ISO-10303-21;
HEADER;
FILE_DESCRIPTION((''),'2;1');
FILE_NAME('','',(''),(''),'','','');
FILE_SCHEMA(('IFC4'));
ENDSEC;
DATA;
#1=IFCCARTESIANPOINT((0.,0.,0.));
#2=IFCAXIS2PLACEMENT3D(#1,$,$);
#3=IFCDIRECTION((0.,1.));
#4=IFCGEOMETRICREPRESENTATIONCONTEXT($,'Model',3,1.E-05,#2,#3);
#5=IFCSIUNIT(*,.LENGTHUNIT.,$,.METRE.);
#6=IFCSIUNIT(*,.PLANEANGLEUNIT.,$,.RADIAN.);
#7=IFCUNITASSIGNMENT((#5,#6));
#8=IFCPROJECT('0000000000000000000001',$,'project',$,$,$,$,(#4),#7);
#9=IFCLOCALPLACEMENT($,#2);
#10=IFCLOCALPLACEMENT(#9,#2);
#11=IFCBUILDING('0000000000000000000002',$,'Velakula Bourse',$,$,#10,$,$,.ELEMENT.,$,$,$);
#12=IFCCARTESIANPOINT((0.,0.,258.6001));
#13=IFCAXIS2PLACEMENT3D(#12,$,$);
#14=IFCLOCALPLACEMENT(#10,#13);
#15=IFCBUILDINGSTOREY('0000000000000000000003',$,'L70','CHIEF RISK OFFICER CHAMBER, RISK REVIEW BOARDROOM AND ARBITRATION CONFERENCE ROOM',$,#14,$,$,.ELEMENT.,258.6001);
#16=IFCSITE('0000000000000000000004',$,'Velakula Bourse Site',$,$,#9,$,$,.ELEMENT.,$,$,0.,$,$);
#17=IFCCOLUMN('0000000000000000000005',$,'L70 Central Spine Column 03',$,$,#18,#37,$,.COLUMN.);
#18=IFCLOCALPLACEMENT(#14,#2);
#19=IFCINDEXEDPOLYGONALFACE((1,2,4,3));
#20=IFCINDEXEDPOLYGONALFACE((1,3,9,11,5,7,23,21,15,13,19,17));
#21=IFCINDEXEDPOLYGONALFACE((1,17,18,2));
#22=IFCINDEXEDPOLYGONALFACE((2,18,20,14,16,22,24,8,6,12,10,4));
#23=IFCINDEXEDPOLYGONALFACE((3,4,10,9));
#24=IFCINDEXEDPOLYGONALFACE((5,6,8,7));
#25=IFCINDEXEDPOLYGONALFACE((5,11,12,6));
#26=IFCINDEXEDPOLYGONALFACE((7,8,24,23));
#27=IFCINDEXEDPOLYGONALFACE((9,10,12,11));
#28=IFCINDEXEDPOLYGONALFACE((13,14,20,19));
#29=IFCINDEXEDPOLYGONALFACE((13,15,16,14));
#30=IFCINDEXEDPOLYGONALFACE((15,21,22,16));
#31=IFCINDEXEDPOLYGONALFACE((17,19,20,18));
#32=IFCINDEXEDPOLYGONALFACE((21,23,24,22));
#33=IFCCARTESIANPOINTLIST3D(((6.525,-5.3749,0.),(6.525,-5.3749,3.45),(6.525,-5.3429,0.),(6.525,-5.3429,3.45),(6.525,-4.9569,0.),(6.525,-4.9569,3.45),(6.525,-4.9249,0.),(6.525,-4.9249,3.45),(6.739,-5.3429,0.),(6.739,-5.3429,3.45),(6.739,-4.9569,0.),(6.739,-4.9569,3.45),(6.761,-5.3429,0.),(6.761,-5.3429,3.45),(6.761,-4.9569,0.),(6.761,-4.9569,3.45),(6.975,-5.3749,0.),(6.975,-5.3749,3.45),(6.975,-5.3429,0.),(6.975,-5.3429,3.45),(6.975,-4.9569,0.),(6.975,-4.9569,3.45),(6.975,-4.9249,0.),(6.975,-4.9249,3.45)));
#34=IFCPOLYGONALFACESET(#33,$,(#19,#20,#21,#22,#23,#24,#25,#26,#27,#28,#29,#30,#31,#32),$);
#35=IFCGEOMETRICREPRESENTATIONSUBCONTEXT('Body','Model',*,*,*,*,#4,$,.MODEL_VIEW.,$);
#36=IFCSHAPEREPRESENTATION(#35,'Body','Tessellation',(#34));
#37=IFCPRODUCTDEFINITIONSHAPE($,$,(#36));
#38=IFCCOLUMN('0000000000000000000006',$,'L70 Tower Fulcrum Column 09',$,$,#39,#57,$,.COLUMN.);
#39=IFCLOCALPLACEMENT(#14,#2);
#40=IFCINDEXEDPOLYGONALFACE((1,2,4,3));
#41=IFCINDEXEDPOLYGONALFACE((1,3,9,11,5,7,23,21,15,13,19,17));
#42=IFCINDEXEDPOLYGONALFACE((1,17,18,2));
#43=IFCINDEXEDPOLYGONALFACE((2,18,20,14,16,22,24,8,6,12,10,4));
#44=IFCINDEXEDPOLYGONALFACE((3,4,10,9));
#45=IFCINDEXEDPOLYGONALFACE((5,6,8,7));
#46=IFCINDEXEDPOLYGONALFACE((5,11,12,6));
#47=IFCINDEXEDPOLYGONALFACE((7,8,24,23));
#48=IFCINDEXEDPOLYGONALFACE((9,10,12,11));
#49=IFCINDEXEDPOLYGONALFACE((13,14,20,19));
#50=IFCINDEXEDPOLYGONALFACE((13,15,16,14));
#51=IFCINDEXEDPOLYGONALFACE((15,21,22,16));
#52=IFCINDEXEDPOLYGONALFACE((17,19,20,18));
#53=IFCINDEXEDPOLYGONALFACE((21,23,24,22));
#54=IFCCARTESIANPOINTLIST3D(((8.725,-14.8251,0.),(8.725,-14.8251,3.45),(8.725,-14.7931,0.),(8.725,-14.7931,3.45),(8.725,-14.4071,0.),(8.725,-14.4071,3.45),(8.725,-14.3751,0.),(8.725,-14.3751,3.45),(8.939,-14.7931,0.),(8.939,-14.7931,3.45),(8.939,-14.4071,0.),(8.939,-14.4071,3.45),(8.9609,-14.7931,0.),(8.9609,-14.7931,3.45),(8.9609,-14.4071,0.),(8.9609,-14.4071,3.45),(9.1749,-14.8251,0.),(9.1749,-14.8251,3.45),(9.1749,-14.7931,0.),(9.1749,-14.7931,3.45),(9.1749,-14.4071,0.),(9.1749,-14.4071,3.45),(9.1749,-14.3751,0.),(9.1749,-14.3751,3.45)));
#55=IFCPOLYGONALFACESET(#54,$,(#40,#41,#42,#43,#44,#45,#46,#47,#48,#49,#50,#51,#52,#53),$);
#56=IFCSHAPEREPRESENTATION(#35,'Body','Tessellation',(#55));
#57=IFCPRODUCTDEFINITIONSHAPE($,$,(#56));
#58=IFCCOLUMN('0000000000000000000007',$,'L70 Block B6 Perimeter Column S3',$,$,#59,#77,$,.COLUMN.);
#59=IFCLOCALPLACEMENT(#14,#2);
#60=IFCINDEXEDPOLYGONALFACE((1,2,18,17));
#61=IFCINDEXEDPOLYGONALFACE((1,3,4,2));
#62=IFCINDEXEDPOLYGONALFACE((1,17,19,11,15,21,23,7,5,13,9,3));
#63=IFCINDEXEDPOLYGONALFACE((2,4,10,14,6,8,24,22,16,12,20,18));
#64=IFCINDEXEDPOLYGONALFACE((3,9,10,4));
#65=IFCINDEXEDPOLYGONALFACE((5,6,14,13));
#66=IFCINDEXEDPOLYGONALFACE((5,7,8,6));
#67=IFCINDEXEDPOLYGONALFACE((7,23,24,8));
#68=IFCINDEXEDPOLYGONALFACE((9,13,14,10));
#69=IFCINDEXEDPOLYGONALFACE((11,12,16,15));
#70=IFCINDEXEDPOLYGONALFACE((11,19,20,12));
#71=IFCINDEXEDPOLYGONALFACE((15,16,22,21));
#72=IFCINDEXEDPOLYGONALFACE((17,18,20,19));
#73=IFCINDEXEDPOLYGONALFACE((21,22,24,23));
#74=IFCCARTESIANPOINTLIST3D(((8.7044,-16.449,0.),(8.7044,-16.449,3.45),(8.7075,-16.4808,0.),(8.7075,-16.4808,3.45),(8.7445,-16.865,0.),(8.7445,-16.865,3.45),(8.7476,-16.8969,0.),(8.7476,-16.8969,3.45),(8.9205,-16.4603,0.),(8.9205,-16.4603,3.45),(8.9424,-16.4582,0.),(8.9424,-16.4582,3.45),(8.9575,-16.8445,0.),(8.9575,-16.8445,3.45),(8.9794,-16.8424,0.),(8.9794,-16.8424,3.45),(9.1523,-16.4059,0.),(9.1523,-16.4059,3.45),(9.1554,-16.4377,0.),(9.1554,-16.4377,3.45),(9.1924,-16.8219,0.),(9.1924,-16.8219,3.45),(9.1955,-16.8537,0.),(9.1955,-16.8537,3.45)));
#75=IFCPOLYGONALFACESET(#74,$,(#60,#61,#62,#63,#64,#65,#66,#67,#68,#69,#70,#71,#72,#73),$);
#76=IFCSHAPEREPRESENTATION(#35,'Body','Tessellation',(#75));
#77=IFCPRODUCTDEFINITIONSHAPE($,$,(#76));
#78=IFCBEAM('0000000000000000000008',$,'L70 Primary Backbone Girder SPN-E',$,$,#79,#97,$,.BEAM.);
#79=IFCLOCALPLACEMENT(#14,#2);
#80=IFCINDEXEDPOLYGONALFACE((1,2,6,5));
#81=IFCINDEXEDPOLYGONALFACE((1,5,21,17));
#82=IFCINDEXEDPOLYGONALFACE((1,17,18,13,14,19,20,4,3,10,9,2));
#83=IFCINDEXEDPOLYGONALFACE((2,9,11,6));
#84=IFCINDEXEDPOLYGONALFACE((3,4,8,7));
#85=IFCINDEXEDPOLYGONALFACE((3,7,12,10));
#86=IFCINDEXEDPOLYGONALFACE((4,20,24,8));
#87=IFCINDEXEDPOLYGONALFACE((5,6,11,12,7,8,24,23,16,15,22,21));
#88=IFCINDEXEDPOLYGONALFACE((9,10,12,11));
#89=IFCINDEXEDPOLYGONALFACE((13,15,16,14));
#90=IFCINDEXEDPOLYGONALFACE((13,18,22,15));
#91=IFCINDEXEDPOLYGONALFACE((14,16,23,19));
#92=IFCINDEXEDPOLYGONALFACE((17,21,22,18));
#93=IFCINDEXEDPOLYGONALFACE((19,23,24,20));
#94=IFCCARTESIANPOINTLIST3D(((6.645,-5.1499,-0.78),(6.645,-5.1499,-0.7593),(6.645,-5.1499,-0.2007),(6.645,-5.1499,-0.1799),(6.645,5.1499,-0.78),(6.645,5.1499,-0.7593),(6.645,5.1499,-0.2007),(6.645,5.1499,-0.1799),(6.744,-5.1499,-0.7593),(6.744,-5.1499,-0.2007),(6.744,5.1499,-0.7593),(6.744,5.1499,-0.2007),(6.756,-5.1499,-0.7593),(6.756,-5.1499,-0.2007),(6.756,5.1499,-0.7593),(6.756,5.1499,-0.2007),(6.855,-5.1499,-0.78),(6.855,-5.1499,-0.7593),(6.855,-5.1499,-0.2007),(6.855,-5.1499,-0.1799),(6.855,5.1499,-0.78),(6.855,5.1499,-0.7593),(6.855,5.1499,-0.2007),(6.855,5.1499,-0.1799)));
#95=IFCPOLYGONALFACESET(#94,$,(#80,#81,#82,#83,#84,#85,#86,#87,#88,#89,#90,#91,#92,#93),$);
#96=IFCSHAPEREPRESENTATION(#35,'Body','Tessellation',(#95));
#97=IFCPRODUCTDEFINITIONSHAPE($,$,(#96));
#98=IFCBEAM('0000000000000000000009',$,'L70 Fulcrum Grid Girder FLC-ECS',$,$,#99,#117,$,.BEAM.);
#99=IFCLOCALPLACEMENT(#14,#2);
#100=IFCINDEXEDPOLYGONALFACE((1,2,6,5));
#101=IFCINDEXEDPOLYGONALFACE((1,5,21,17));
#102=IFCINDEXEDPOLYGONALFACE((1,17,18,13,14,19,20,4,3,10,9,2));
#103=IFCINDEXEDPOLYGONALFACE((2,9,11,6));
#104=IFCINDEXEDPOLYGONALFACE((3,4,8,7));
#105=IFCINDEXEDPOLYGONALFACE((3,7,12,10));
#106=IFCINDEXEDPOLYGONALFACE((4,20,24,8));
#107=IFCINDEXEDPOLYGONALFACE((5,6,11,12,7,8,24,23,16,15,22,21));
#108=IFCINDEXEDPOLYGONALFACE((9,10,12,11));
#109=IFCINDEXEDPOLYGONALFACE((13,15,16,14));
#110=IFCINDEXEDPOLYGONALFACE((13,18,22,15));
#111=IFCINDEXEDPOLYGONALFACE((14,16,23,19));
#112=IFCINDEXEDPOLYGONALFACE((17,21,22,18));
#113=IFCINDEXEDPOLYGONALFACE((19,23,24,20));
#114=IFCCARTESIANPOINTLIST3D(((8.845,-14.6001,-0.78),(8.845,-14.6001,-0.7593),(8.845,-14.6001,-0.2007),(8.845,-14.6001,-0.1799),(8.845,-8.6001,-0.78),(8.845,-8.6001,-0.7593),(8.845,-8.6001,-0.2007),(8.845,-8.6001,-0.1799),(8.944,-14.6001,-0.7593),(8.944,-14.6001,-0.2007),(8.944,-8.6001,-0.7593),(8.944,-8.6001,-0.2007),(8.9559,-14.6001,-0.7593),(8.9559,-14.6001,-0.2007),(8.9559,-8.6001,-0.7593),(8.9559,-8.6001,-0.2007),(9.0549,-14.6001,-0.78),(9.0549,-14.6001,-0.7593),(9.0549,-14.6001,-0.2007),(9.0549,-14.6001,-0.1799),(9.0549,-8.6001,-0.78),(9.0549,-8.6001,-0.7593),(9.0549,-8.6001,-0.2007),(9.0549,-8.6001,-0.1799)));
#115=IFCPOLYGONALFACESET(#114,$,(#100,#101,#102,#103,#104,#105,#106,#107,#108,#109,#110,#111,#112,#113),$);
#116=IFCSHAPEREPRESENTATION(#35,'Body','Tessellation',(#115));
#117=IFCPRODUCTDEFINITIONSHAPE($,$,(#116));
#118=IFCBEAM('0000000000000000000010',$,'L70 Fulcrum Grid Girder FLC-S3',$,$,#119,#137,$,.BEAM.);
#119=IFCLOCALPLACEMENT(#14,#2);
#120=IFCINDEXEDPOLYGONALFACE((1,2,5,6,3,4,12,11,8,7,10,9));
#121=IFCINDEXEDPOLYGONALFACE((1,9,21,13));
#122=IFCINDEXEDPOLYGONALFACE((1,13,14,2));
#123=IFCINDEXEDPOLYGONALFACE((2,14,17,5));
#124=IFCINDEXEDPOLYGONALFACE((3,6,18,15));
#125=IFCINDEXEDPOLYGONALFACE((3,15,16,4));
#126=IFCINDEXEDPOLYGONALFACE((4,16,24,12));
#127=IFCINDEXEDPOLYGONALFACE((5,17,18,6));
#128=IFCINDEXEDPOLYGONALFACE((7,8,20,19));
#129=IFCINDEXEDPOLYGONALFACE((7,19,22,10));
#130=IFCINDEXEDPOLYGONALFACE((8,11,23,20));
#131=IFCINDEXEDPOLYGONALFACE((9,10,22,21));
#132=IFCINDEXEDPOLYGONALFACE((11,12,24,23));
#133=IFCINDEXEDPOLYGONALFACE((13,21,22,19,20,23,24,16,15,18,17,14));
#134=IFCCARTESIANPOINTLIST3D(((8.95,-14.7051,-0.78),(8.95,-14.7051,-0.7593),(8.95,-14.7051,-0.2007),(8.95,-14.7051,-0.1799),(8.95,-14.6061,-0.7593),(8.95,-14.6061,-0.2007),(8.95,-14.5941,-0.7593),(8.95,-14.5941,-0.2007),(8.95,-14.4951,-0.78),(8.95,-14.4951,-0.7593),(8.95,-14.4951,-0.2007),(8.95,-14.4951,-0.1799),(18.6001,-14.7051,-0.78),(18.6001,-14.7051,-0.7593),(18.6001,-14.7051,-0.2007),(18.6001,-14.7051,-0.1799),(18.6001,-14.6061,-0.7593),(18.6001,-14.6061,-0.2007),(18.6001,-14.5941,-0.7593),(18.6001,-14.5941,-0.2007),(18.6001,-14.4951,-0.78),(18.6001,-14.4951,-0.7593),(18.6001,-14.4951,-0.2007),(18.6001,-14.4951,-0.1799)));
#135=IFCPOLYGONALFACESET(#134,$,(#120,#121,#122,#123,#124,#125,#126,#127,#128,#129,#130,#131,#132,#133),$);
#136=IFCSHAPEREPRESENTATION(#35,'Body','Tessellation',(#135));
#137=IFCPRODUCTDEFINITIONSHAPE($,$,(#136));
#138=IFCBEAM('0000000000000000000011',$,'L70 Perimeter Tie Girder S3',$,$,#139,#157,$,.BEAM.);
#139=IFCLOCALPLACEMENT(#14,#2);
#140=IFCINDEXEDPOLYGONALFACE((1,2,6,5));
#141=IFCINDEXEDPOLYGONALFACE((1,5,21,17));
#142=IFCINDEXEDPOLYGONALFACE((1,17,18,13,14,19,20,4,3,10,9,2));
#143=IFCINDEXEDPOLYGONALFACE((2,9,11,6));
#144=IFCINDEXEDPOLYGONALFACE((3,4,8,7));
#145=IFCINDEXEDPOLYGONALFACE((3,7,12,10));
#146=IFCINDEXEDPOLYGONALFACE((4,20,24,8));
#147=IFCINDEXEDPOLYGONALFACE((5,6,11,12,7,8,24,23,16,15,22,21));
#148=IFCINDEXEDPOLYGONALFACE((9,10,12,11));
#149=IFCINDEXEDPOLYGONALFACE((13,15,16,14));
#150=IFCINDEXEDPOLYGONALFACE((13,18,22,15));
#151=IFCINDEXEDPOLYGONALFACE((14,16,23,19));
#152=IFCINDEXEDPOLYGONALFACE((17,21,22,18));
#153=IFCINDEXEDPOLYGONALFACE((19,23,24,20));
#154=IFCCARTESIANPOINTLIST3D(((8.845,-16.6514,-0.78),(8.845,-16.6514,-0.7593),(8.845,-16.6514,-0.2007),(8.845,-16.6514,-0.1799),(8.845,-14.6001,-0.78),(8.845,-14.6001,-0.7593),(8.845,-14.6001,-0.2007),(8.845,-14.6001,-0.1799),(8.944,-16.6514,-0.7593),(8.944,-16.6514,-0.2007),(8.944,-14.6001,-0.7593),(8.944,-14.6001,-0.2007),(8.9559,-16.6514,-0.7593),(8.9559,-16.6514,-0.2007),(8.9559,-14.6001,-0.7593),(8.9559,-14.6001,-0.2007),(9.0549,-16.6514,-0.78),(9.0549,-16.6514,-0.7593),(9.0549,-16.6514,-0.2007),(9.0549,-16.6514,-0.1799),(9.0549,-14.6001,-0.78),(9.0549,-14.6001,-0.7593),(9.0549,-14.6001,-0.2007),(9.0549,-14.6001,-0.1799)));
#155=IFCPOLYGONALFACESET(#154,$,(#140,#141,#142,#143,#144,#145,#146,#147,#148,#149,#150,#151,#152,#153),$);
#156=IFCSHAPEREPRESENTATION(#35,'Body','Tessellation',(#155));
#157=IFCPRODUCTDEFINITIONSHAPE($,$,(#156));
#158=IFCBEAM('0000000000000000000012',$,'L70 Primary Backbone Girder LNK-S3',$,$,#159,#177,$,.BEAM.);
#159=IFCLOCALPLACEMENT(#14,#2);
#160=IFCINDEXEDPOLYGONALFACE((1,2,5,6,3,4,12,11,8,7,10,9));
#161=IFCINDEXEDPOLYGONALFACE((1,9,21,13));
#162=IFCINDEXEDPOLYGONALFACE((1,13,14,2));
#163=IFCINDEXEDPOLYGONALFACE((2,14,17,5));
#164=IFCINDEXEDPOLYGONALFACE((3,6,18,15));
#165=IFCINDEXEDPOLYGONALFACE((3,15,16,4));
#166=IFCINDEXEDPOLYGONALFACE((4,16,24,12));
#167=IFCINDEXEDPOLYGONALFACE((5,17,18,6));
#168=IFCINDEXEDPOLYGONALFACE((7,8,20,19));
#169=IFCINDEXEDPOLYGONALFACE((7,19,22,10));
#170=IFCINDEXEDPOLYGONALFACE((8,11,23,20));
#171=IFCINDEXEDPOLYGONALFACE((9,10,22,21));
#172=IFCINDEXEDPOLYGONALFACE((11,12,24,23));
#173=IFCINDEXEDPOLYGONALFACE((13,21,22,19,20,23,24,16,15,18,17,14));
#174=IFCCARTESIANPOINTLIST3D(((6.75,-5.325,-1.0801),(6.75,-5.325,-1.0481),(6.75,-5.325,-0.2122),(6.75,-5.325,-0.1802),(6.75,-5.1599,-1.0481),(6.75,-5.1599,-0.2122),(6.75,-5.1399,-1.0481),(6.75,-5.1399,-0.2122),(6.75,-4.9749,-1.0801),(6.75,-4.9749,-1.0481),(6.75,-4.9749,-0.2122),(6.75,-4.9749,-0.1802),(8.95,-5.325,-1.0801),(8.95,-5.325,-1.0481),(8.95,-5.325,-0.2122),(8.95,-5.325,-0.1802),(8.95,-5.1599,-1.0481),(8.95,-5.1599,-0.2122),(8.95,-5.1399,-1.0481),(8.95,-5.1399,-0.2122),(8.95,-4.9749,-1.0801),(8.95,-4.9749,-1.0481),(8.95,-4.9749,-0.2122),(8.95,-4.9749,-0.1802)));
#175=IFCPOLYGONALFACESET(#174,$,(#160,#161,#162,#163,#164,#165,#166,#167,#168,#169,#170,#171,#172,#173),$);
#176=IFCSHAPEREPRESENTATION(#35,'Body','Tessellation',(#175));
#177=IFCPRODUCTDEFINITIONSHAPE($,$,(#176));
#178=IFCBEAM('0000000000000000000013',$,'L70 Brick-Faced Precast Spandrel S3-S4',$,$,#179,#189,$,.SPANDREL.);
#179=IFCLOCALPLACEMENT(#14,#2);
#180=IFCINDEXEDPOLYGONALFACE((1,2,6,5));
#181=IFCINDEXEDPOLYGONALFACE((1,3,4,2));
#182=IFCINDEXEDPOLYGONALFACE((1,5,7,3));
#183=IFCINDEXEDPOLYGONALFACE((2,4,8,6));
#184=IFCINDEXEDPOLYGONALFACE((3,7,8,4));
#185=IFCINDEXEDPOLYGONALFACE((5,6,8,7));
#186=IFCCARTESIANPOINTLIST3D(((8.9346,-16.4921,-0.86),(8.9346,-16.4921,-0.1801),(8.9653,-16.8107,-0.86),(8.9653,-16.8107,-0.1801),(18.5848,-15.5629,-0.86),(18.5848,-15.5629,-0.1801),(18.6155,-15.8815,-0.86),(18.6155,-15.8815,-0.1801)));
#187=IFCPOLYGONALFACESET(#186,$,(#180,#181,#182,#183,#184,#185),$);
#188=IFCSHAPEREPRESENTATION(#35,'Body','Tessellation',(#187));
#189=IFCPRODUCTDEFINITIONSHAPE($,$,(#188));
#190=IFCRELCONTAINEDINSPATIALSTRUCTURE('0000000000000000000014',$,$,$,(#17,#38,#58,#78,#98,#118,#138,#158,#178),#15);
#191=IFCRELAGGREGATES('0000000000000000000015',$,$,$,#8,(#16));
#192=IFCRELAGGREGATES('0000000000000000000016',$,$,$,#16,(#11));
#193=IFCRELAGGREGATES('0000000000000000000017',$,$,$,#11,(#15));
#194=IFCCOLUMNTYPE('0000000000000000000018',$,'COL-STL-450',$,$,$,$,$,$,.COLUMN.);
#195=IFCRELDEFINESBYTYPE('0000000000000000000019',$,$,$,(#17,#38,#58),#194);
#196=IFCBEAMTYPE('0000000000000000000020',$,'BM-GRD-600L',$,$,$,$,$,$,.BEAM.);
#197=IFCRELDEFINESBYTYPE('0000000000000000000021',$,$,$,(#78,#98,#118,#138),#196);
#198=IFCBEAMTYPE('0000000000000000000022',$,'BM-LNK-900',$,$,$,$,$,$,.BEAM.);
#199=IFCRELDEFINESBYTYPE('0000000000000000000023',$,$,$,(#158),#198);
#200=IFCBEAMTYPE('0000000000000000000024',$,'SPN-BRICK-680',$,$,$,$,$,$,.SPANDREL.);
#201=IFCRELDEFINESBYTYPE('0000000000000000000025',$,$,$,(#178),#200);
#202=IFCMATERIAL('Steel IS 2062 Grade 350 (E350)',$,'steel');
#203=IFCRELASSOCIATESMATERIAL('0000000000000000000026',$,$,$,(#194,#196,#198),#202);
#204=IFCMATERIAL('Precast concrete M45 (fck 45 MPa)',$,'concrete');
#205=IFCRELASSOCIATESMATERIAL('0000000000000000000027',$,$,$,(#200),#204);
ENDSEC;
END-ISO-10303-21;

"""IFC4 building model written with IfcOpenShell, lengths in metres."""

from ifc_helpers import new_model, si_unit, direction, frame, origin, origin_2d, place, context, subcontext, project, spatial, rectangle, i_section, extrude, material, material_profile, profile_set, type_object, element, save


model = new_model("IFC4")

# Units and contexts
model_context = context("Model", 3, precision=1e-05, world=origin(), true_north=direction((0.0, 1.0)))
body_context = subcontext(model_context, "Body", "Model", "MODEL_VIEW")
ifc_project = project(units=[si_unit("LENGTHUNIT", "METRE"), si_unit("PLANEANGLEUNIT", "RADIAN")], contexts=[model_context])

# Site, building, storey
site_placement = place(None, origin())
site = spatial("IfcSite", under=ifc_project, at=site_placement, Name="Velakula Bourse Site", CompositionType="ELEMENT", RefElevation=0.0)
building_placement = place(site_placement, origin())
building = spatial("IfcBuilding", under=site, at=building_placement, Name="Velakula Bourse", CompositionType="ELEMENT")
storey_placement = place(building_placement, frame((0.0, 0.0, 258.6001)))
storey = spatial("IfcBuildingStorey", under=building, at=storey_placement, Name="L70", Description="CHIEF RISK OFFICER CHAMBER, RISK REVIEW BOARDROOM AND ARBITRATION CONFERENCE ROOM", CompositionType="ELEMENT", Elevation=258.6001)

# Columns
ifc_material_1 = material(Name="Steel IS 2062 Grade 350 (E350)", Category="steel")
ifc_material_profile_1 = material_profile(ifc_material_1, i_section(OverallWidth=0.45, OverallDepth=0.45, WebThickness=0.022, FlangeThickness=0.032, at=origin_2d()), Name="Steel IS 2062 Grade 350 (E350)")
ifc_profile_set_1 = profile_set([ifc_material_profile_1], Name="Steel IS 2062 Grade 350 (E350)")
column_type = type_object("IfcColumnType", Name="COL-STL-450", PredefinedType="COLUMN", material=ifc_profile_set_1)
for number, where, z_axis, x_axis, name in (
    (1, (6.75, -5.1499, 0.0), (0.0, 0.0, 1.0), (1.0, 0.0, 0.0), "L70 Central Spine Column 03"),
    (2, (8.95, -14.6001, 0.0), (0.0, 0.0, 1.0), (1.0, 0.0, 0.0), "L70 Tower Fulcrum Column 09"),
    (3, (8.95, -16.6514, 0.0), (0.0, 0.0, 1.0), (0.995396, 0.095846, 0.0), "L70 Block B6 Perimeter Column S3"),
):
    element("IfcColumn", number, at=place(storey_placement, frame(where, z_axis=z_axis, x_axis=x_axis)), inside=storey, type_object=column_type, Name=name, PredefinedType="COLUMN", context=body_context, shape_type="SweptSolid", body=[
        extrude(i_section(OverallWidth=0.45, OverallDepth=0.45, WebThickness=0.022, FlangeThickness=0.032, at=origin_2d()), origin(), (0.0, 0.0, 1.0), 3.45),
    ])

# Beams
ifc_material_profile_2 = material_profile(ifc_material_1, i_section(OverallWidth=0.21, OverallDepth=0.6001, WebThickness=0.012, FlangeThickness=0.0208, at=origin_2d()), Name="Steel IS 2062 Grade 350 (E350)")
ifc_profile_set_2 = profile_set([ifc_material_profile_2], Name="Steel IS 2062 Grade 350 (E350)")
beam_type_1 = type_object("IfcBeamType", Name="BM-GRD-600L", PredefinedType="BEAM", material=ifc_profile_set_2)
beam_1_placement = place(storey_placement, frame((6.75, -5.1499, -0.48), z_axis=(0.0, 1.0, 0.0), x_axis=(-1.0, 0.0, 0.0)))
element("IfcBeam", 4, at=beam_1_placement, inside=storey, type_object=beam_type_1, Name="L70 Primary Backbone Girder SPN-E", PredefinedType="BEAM", context=body_context, shape_type="SweptSolid", body=[
    extrude(i_section(OverallWidth=0.21, OverallDepth=0.6001, WebThickness=0.012, FlangeThickness=0.0208, at=origin_2d()), origin(), (0.0, 0.0, 1.0), 10.2998),
])
beam_2_placement = place(storey_placement, frame((8.95, -14.6001, -0.48), z_axis=(0.0, 1.0, 0.0), x_axis=(-1.0, 0.0, 0.0)))
element("IfcBeam", 5, at=beam_2_placement, inside=storey, type_object=beam_type_1, Name="L70 Fulcrum Grid Girder FLC-ECS", PredefinedType="BEAM", context=body_context, shape_type="SweptSolid", body=[
    extrude(i_section(OverallWidth=0.21, OverallDepth=0.6001, WebThickness=0.012, FlangeThickness=0.0208, at=origin_2d()), origin(), (0.0, 0.0, 1.0), 6.0),
])
beam_3_placement = place(storey_placement, frame((8.95, -14.6001, -0.48), z_axis=(1.0, 0.0, 0.0), x_axis=(0.0, 1.0, 0.0)))
element("IfcBeam", 6, at=beam_3_placement, inside=storey, type_object=beam_type_1, Name="L70 Fulcrum Grid Girder FLC-S3", PredefinedType="BEAM", context=body_context, shape_type="SweptSolid", body=[
    extrude(i_section(OverallWidth=0.21, OverallDepth=0.6001, WebThickness=0.012, FlangeThickness=0.0208, at=origin_2d()), origin(), (0.0, 0.0, 1.0), 9.6501),
])
beam_4_placement = place(storey_placement, frame((8.95, -14.6001, -0.48), z_axis=(0.0, -1.0, 0.0), x_axis=(1.0, 0.0, 0.0)))
element("IfcBeam", 7, at=beam_4_placement, inside=storey, type_object=beam_type_1, Name="L70 Perimeter Tie Girder S3", PredefinedType="BEAM", context=body_context, shape_type="SweptSolid", body=[
    extrude(i_section(OverallWidth=0.21, OverallDepth=0.6001, WebThickness=0.012, FlangeThickness=0.0208, at=origin_2d()), origin(), (0.0, 0.0, 1.0), 2.0513),
])
ifc_material_profile_3 = material_profile(ifc_material_1, i_section(OverallWidth=0.3501, OverallDepth=0.8999, WebThickness=0.02, FlangeThickness=0.032, at=origin_2d()), Name="Steel IS 2062 Grade 350 (E350)")
ifc_profile_set_3 = profile_set([ifc_material_profile_3], Name="Steel IS 2062 Grade 350 (E350)")
beam_type_2 = type_object("IfcBeamType", Name="BM-LNK-900", PredefinedType="BEAM", material=ifc_profile_set_3)
beam_5_placement = place(storey_placement, frame((6.75, -5.1499, -0.6301), z_axis=(1.0, 0.0, 0.0), x_axis=(0.0, 1.0, 0.0)))
element("IfcBeam", 8, at=beam_5_placement, inside=storey, type_object=beam_type_2, Name="L70 Primary Backbone Girder LNK-S3", PredefinedType="BEAM", context=body_context, shape_type="SweptSolid", body=[
    extrude(i_section(OverallWidth=0.3501, OverallDepth=0.8999, WebThickness=0.02, FlangeThickness=0.032, at=origin_2d()), origin(), (0.0, 0.0, 1.0), 2.2),
])
ifc_material_2 = material(Name="Precast concrete M45 (fck 45 MPa)", Category="concrete")
ifc_material_profile_4 = material_profile(ifc_material_2, rectangle(XDim=0.3201, YDim=0.6799, at=origin_2d()), Name="Precast concrete M45 (fck 45 MPa)")
ifc_profile_set_4 = profile_set([ifc_material_profile_4], Name="Precast concrete M45 (fck 45 MPa)")
beam_type_3 = type_object("IfcBeamType", Name="SPN-BRICK-680", PredefinedType="SPANDREL", material=ifc_profile_set_4)
beam_6_placement = place(storey_placement, frame((8.95, -16.6514, -0.52), z_axis=(0.995396, 0.095845, 0.0), x_axis=(-0.095845, 0.995396, 0.0)))
element("IfcBeam", 9, at=beam_6_placement, inside=storey, type_object=beam_type_3, Name="L70 Brick-Faced Precast Spandrel S3-S4", PredefinedType="SPANDREL", context=body_context, shape_type="SweptSolid", body=[
    extrude(rectangle(XDim=0.3201, YDim=0.6799, at=origin_2d()), origin(), (0.0, 0.0, 1.0), 9.6948),
])

save(model, "model.ifc")
